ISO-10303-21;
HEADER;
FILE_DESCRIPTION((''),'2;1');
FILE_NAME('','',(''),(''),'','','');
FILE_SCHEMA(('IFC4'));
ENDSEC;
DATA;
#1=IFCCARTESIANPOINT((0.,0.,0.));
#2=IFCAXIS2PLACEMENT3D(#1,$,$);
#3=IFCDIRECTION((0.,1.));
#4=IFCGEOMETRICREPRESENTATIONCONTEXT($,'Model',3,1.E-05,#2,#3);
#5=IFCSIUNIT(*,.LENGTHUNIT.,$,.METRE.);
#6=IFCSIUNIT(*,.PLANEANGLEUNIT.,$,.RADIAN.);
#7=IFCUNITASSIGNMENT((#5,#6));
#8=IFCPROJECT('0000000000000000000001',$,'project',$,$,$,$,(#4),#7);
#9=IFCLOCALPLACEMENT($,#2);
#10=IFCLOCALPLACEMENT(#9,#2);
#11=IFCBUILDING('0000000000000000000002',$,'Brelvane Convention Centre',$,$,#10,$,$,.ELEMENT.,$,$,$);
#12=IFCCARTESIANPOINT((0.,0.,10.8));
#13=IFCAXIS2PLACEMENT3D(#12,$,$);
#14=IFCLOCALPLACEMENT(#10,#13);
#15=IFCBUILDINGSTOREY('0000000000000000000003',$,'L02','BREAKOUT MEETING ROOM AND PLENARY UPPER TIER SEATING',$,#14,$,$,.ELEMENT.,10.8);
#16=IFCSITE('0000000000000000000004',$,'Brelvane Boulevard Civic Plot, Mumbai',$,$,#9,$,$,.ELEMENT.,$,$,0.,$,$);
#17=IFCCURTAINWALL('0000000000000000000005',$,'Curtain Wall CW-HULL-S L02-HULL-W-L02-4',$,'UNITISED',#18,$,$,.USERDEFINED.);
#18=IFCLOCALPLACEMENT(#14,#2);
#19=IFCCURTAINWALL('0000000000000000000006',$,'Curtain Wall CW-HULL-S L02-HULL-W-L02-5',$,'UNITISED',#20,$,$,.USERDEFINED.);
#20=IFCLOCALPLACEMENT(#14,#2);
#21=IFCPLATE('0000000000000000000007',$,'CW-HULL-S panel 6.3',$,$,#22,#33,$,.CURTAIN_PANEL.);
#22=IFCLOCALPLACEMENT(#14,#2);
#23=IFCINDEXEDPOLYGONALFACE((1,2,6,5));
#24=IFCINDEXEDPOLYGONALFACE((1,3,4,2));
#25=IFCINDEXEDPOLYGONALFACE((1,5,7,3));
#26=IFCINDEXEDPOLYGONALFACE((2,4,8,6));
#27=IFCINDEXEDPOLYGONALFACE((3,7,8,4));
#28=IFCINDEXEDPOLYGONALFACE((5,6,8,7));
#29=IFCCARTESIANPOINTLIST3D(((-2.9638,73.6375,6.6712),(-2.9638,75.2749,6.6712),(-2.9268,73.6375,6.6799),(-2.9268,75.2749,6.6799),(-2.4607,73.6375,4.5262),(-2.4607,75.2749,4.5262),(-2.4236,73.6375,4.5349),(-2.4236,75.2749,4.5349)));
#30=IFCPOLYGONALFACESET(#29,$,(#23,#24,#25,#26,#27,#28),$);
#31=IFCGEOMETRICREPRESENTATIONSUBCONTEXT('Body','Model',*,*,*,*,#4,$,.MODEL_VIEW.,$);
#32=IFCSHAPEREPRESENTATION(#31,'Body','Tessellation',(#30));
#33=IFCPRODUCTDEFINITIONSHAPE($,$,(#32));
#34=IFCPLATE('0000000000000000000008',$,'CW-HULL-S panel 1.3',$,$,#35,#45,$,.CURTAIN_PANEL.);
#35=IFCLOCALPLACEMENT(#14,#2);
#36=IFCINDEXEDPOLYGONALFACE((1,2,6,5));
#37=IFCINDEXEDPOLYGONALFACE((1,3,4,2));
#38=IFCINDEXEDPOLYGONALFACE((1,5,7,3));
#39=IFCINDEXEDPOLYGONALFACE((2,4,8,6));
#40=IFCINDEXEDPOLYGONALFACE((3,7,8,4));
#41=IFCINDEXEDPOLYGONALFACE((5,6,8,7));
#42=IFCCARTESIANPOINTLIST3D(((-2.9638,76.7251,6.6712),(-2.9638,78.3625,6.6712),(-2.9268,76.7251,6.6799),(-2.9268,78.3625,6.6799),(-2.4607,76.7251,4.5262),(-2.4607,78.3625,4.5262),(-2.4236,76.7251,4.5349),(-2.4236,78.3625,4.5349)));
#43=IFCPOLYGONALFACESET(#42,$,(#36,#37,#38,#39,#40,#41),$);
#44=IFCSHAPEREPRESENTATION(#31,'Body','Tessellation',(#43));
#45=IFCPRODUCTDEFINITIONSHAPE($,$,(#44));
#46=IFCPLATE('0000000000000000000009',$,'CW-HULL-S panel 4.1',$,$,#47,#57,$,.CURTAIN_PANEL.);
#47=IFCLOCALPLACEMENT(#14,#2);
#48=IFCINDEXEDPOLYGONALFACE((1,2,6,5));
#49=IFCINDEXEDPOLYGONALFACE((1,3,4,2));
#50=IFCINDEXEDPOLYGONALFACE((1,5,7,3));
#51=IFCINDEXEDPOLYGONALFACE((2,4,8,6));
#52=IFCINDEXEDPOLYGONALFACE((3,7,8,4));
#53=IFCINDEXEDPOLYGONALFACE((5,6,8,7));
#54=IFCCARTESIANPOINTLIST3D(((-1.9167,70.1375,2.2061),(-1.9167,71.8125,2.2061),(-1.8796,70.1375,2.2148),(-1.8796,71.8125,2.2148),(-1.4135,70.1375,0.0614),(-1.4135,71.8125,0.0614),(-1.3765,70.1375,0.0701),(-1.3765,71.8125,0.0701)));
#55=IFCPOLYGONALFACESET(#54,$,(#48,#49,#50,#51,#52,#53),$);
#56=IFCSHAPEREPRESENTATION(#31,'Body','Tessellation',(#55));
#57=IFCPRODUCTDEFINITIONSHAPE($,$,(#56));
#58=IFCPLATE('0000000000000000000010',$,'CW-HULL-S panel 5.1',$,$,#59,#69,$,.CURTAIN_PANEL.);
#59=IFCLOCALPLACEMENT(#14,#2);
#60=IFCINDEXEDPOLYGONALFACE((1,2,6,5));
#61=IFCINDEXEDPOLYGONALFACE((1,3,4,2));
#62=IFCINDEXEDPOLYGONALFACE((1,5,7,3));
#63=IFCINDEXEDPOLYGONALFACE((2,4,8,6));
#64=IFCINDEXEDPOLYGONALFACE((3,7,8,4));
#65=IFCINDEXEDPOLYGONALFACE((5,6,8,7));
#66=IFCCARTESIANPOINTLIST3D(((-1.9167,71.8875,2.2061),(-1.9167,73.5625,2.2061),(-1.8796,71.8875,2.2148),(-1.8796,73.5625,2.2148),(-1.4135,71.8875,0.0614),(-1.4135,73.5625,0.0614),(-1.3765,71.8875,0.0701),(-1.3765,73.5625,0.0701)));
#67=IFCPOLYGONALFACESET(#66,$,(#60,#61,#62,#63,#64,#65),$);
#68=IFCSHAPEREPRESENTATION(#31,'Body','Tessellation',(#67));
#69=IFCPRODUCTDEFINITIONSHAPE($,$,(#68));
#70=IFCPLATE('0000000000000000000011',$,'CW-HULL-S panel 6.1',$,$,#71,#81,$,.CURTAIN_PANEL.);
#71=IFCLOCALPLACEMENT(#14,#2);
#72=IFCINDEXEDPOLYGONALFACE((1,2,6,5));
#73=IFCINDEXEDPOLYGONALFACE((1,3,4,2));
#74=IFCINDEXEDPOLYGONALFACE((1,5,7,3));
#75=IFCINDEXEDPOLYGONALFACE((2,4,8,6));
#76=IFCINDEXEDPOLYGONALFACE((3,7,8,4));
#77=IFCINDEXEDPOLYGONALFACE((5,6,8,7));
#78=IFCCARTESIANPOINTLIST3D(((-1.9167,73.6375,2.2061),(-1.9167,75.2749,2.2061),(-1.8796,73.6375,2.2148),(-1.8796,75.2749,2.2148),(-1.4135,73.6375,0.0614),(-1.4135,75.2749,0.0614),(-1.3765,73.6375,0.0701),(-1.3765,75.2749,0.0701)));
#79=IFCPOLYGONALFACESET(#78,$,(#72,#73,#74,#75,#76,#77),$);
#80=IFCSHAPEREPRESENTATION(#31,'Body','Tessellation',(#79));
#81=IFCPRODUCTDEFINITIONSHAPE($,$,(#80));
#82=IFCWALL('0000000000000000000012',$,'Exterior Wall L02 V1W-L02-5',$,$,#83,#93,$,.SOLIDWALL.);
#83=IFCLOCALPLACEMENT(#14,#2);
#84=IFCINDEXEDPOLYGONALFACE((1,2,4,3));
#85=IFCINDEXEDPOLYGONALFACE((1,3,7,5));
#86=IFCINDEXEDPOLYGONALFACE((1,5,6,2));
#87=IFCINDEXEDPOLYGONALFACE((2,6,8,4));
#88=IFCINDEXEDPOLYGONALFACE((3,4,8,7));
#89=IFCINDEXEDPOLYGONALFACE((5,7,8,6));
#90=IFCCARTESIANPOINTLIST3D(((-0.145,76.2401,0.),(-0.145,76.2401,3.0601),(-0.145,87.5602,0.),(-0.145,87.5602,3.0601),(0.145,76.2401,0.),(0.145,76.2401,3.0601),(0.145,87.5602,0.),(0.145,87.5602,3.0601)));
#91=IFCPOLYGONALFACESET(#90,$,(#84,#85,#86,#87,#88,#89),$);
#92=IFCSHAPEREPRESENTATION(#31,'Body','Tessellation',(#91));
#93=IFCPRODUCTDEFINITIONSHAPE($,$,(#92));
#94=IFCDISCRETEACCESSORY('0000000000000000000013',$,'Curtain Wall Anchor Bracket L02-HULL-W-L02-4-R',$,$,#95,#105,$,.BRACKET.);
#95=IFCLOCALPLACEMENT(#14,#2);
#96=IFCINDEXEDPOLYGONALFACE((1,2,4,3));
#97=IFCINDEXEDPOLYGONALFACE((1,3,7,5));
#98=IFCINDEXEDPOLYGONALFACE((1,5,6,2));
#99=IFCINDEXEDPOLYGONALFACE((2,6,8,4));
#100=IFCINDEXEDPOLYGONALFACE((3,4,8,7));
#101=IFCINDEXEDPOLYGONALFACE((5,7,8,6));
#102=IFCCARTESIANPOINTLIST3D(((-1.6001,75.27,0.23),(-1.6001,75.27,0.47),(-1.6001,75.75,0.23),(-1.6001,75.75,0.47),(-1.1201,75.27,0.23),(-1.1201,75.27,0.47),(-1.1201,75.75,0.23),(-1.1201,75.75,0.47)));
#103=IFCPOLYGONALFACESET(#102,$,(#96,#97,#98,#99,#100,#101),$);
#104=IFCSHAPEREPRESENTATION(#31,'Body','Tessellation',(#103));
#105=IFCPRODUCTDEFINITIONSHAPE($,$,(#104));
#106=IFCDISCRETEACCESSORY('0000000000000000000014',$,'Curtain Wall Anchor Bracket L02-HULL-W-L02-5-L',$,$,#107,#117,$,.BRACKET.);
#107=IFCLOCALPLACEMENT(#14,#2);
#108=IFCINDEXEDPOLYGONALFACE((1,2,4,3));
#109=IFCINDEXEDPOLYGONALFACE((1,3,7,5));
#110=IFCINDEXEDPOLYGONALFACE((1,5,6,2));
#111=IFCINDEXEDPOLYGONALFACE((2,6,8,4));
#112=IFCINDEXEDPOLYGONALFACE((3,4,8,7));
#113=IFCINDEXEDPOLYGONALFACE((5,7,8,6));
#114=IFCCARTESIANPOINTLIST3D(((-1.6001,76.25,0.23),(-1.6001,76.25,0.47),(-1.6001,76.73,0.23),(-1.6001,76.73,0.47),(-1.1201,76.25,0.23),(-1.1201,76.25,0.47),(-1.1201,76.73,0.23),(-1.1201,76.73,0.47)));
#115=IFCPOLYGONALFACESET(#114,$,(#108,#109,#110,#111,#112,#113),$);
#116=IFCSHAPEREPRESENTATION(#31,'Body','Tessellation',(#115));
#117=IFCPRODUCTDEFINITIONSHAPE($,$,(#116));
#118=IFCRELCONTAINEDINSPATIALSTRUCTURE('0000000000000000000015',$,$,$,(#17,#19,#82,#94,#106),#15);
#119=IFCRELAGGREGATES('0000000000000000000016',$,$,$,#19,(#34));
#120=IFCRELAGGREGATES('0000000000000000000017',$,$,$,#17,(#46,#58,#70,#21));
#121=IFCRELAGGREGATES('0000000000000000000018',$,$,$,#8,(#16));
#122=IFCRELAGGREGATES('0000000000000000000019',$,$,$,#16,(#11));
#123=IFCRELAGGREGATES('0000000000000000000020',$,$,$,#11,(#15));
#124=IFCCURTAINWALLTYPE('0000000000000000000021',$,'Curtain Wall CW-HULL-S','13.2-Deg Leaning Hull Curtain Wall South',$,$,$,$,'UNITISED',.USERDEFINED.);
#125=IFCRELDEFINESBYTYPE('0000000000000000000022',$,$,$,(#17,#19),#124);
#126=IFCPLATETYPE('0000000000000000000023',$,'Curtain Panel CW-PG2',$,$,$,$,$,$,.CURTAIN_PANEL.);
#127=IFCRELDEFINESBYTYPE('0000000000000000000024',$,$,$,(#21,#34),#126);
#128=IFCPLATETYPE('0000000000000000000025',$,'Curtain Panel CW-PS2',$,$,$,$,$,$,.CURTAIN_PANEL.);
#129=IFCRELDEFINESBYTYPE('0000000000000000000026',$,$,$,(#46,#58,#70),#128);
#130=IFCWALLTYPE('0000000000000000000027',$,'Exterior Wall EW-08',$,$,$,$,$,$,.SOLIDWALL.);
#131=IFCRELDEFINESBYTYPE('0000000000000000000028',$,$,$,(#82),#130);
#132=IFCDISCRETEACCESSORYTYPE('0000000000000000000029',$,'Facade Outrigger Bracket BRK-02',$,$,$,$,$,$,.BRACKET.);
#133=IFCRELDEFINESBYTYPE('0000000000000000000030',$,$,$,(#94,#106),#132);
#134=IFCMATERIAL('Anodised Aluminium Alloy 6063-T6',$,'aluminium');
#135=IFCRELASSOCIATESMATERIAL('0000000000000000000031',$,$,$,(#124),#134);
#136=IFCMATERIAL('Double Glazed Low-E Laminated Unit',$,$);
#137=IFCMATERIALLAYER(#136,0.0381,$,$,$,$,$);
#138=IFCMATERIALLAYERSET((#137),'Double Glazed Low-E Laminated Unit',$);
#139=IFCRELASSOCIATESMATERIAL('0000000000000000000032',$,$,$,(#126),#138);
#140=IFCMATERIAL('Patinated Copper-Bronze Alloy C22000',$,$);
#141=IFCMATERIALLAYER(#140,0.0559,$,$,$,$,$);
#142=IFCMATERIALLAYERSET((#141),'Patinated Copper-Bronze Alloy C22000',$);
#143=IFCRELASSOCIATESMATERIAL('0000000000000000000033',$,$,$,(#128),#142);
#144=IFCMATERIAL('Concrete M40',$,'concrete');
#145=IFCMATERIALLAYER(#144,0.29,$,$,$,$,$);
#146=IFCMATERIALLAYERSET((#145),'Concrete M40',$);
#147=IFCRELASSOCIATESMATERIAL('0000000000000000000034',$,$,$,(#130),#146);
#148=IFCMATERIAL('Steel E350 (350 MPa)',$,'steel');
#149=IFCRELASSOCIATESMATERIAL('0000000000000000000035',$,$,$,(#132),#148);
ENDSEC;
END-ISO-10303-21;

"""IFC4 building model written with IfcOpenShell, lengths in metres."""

from ifc_helpers import new_model, si_unit, direction, frame, frame_2d, origin, origin_2d, place, context, subcontext, project, spatial, polyline, rectangle, outline, extrude, material, layer, layer_set, type_object, element, aggregate, save


model = new_model("IFC4")

# Units and contexts
model_context = context("Model", 3, precision=1e-05, world=origin(), true_north=direction((0.0, 1.0)))
body_context = subcontext(model_context, "Body", "Model", "MODEL_VIEW")
ifc_project = project(units=[si_unit("LENGTHUNIT", "METRE"), si_unit("PLANEANGLEUNIT", "RADIAN")], contexts=[model_context])

# Site, building, storey
site_placement = place(None, origin())
site = spatial("IfcSite", under=ifc_project, at=site_placement, Name="Brelvane Boulevard Civic Plot, Mumbai", CompositionType="ELEMENT", RefElevation=0.0)
building_placement = place(site_placement, origin())
building = spatial("IfcBuilding", under=site, at=building_placement, Name="Brelvane Convention Centre", CompositionType="ELEMENT")
storey_placement = place(building_placement, frame((0.0, 0.0, 10.8)))
storey = spatial("IfcBuildingStorey", under=building, at=storey_placement, Name="L02", Description="BREAKOUT MEETING ROOM AND PLENARY UPPER TIER SEATING", CompositionType="ELEMENT", Elevation=10.8)

# Curtain wall
ifc_material_1 = material(Name="Anodised Aluminium Alloy 6063-T6", Category="aluminium")
curtain_wall_type = type_object("IfcCurtainWallType", Name="Curtain Wall CW-HULL-S", Description="13.2-Deg Leaning Hull Curtain Wall South", ElementType="UNITISED", PredefinedType="USERDEFINED", material=ifc_material_1)
curtain_wall_1_placement = place(storey_placement, origin())
curtain_wall_1 = element("IfcCurtainWall", 1, at=curtain_wall_1_placement, inside=storey, type_object=curtain_wall_type, Name="Curtain Wall CW-HULL-S L02-HULL-W-L02-4", ObjectType="UNITISED", PredefinedType="USERDEFINED")

# Curtain wall
curtain_wall_2_placement = place(storey_placement, origin())
curtain_wall_2 = element("IfcCurtainWall", 2, at=curtain_wall_2_placement, inside=storey, type_object=curtain_wall_type, Name="Curtain Wall CW-HULL-S L02-HULL-W-L02-5", ObjectType="UNITISED", PredefinedType="USERDEFINED")

# Plates
ifc_material_2 = material(Name="Double Glazed Low-E Laminated Unit")
ifc_layer_1 = layer(ifc_material_2, 0.0381)
ifc_layer_set_1 = layer_set([ifc_layer_1], Name="Double Glazed Low-E Laminated Unit")
plate_type_1 = type_object("IfcPlateType", Name="Curtain Panel CW-PG2", PredefinedType="CURTAIN_PANEL", material=ifc_layer_set_1)
plate_1_placement = place(storey_placement, frame((-2.4236, 73.6375, 4.5349), z_axis=(0.973572, 0.0, 0.228378), x_axis=(0.0, 1.0, 0.0)))
plate_1 = element("IfcPlate", 3, at=plate_1_placement, type_object=plate_type_1, Name="CW-HULL-S panel 6.3", PredefinedType="CURTAIN_PANEL", context=body_context, shape_type="SweptSolid", body=[
    extrude(outline(polyline([(0.0, 0.0), (1.6375, 0.0), (1.6375, 2.2032), (0.0, 2.2032), (0.0, 0.0)])), origin(), (0.0, 0.0, -1.0), 0.0381),
])
plate_2_placement = place(storey_placement, frame((-2.4236, 76.7251, 4.5349), z_axis=(0.973572, 0.0, 0.228378), x_axis=(0.0, 1.0, 0.0)))
plate_2 = element("IfcPlate", 4, at=plate_2_placement, type_object=plate_type_1, Name="CW-HULL-S panel 1.3", PredefinedType="CURTAIN_PANEL", context=body_context, shape_type="SweptSolid", body=[
    extrude(outline(polyline([(0.0, 0.0), (1.6375, 0.0), (1.6375, 2.2032), (0.0, 2.2032), (0.0, 0.0)])), origin(), (0.0, 0.0, -1.0), 0.0381),
])
aggregate(curtain_wall_2, [plate_2])
ifc_material_3 = material(Name="Patinated Copper-Bronze Alloy C22000")
ifc_layer_2 = layer(ifc_material_3, 0.0559)
ifc_layer_set_2 = layer_set([ifc_layer_2], Name="Patinated Copper-Bronze Alloy C22000")
plate_type_2 = type_object("IfcPlateType", Name="Curtain Panel CW-PS2", PredefinedType="CURTAIN_PANEL", material=ifc_layer_set_2)
plate_3_placement = place(storey_placement, frame((-1.3765, 70.1375, 0.0701), z_axis=(0.973567, 0.0, 0.228403), x_axis=(0.0, 1.0, 0.0)))
plate_3 = element("IfcPlate", 5, at=plate_3_placement, type_object=plate_type_2, Name="CW-HULL-S panel 4.1", PredefinedType="CURTAIN_PANEL", context=body_context, shape_type="SweptSolid", body=[
    extrude(outline(polyline([(0.0, 0.0), (1.675, 0.0), (1.675, 2.203), (0.0, 2.203), (0.0, 0.0)])), origin(), (0.0, 0.0, -1.0), 0.0381),
])
plate_4_placement = place(storey_placement, frame((-1.3765, 71.8875, 0.0701), z_axis=(0.973567, 0.0, 0.228403), x_axis=(0.0, 1.0, 0.0)))
plate_4 = element("IfcPlate", 6, at=plate_4_placement, type_object=plate_type_2, Name="CW-HULL-S panel 5.1", PredefinedType="CURTAIN_PANEL", context=body_context, shape_type="SweptSolid", body=[
    extrude(outline(polyline([(0.0, 0.0), (1.675, 0.0), (1.675, 2.203), (0.0, 2.203), (0.0, 0.0)])), origin(), (0.0, 0.0, -1.0), 0.0381),
])
plate_5_placement = place(storey_placement, frame((-1.3765, 73.6375, 0.0701), z_axis=(0.973567, 0.0, 0.228403), x_axis=(0.0, 1.0, 0.0)))
plate_5 = element("IfcPlate", 7, at=plate_5_placement, type_object=plate_type_2, Name="CW-HULL-S panel 6.1", PredefinedType="CURTAIN_PANEL", context=body_context, shape_type="SweptSolid", body=[
    extrude(outline(polyline([(0.0, 0.0), (1.6375, 0.0), (1.6375, 2.203), (0.0, 2.203), (0.0, 0.0)])), origin(), (0.0, 0.0, -1.0), 0.0381),
])
aggregate(curtain_wall_1, [plate_3, plate_4, plate_5, plate_1])

# Wall
ifc_material_4 = material(Name="Concrete M40", Category="concrete")
ifc_layer_3 = layer(ifc_material_4, 0.29)
ifc_layer_set_3 = layer_set([ifc_layer_3], Name="Concrete M40")
wall_type = type_object("IfcWallType", Name="Exterior Wall EW-08", PredefinedType="SOLIDWALL", material=ifc_layer_set_3)
wall_placement = place(storey_placement, frame((0.0, 76.24, 0.0), z_axis=(0.0, 0.0, 1.0), x_axis=(0.0, 1.0, 0.0)))
element("IfcWall", 8, at=wall_placement, inside=storey, type_object=wall_type, Name="Exterior Wall L02 V1W-L02-5", PredefinedType="SOLIDWALL", context=body_context, shape_type="SweptSolid", body=[
    extrude(rectangle(XDim=11.3201, YDim=0.29, at=frame_2d((5.6602, 0.0))), origin(), (0.0, 0.0, 1.0), 3.0601),
])

# Discrete accessories
ifc_material_5 = material(Name="Steel E350 (350 MPa)", Category="steel")
discrete_accessory_type = type_object("IfcDiscreteAccessoryType", Name="Facade Outrigger Bracket BRK-02", PredefinedType="BRACKET", material=ifc_material_5)
for number, where, z_axis, x_axis, name in (
    (9, (-1.3601, 75.51, 0.23), (0.0, 0.0, 1.0), (1.0, 0.0, 0.0), "Curtain Wall Anchor Bracket L02-HULL-W-L02-4-R"),
    (10, (-1.3601, 76.49, 0.23), (0.0, 0.0, 1.0), (1.0, 0.0, 0.0), "Curtain Wall Anchor Bracket L02-HULL-W-L02-5-L"),
):
    element("IfcDiscreteAccessory", number, at=place(storey_placement, frame(where, z_axis=z_axis, x_axis=x_axis)), inside=storey, type_object=discrete_accessory_type, Name=name, PredefinedType="BRACKET", context=body_context, shape_type="SweptSolid", body=[
        extrude(rectangle(XDim=0.48, YDim=0.48, at=origin_2d()), origin(), (0.0, 0.0, 1.0), 0.24),
    ])

save(model, "model.ifc")
